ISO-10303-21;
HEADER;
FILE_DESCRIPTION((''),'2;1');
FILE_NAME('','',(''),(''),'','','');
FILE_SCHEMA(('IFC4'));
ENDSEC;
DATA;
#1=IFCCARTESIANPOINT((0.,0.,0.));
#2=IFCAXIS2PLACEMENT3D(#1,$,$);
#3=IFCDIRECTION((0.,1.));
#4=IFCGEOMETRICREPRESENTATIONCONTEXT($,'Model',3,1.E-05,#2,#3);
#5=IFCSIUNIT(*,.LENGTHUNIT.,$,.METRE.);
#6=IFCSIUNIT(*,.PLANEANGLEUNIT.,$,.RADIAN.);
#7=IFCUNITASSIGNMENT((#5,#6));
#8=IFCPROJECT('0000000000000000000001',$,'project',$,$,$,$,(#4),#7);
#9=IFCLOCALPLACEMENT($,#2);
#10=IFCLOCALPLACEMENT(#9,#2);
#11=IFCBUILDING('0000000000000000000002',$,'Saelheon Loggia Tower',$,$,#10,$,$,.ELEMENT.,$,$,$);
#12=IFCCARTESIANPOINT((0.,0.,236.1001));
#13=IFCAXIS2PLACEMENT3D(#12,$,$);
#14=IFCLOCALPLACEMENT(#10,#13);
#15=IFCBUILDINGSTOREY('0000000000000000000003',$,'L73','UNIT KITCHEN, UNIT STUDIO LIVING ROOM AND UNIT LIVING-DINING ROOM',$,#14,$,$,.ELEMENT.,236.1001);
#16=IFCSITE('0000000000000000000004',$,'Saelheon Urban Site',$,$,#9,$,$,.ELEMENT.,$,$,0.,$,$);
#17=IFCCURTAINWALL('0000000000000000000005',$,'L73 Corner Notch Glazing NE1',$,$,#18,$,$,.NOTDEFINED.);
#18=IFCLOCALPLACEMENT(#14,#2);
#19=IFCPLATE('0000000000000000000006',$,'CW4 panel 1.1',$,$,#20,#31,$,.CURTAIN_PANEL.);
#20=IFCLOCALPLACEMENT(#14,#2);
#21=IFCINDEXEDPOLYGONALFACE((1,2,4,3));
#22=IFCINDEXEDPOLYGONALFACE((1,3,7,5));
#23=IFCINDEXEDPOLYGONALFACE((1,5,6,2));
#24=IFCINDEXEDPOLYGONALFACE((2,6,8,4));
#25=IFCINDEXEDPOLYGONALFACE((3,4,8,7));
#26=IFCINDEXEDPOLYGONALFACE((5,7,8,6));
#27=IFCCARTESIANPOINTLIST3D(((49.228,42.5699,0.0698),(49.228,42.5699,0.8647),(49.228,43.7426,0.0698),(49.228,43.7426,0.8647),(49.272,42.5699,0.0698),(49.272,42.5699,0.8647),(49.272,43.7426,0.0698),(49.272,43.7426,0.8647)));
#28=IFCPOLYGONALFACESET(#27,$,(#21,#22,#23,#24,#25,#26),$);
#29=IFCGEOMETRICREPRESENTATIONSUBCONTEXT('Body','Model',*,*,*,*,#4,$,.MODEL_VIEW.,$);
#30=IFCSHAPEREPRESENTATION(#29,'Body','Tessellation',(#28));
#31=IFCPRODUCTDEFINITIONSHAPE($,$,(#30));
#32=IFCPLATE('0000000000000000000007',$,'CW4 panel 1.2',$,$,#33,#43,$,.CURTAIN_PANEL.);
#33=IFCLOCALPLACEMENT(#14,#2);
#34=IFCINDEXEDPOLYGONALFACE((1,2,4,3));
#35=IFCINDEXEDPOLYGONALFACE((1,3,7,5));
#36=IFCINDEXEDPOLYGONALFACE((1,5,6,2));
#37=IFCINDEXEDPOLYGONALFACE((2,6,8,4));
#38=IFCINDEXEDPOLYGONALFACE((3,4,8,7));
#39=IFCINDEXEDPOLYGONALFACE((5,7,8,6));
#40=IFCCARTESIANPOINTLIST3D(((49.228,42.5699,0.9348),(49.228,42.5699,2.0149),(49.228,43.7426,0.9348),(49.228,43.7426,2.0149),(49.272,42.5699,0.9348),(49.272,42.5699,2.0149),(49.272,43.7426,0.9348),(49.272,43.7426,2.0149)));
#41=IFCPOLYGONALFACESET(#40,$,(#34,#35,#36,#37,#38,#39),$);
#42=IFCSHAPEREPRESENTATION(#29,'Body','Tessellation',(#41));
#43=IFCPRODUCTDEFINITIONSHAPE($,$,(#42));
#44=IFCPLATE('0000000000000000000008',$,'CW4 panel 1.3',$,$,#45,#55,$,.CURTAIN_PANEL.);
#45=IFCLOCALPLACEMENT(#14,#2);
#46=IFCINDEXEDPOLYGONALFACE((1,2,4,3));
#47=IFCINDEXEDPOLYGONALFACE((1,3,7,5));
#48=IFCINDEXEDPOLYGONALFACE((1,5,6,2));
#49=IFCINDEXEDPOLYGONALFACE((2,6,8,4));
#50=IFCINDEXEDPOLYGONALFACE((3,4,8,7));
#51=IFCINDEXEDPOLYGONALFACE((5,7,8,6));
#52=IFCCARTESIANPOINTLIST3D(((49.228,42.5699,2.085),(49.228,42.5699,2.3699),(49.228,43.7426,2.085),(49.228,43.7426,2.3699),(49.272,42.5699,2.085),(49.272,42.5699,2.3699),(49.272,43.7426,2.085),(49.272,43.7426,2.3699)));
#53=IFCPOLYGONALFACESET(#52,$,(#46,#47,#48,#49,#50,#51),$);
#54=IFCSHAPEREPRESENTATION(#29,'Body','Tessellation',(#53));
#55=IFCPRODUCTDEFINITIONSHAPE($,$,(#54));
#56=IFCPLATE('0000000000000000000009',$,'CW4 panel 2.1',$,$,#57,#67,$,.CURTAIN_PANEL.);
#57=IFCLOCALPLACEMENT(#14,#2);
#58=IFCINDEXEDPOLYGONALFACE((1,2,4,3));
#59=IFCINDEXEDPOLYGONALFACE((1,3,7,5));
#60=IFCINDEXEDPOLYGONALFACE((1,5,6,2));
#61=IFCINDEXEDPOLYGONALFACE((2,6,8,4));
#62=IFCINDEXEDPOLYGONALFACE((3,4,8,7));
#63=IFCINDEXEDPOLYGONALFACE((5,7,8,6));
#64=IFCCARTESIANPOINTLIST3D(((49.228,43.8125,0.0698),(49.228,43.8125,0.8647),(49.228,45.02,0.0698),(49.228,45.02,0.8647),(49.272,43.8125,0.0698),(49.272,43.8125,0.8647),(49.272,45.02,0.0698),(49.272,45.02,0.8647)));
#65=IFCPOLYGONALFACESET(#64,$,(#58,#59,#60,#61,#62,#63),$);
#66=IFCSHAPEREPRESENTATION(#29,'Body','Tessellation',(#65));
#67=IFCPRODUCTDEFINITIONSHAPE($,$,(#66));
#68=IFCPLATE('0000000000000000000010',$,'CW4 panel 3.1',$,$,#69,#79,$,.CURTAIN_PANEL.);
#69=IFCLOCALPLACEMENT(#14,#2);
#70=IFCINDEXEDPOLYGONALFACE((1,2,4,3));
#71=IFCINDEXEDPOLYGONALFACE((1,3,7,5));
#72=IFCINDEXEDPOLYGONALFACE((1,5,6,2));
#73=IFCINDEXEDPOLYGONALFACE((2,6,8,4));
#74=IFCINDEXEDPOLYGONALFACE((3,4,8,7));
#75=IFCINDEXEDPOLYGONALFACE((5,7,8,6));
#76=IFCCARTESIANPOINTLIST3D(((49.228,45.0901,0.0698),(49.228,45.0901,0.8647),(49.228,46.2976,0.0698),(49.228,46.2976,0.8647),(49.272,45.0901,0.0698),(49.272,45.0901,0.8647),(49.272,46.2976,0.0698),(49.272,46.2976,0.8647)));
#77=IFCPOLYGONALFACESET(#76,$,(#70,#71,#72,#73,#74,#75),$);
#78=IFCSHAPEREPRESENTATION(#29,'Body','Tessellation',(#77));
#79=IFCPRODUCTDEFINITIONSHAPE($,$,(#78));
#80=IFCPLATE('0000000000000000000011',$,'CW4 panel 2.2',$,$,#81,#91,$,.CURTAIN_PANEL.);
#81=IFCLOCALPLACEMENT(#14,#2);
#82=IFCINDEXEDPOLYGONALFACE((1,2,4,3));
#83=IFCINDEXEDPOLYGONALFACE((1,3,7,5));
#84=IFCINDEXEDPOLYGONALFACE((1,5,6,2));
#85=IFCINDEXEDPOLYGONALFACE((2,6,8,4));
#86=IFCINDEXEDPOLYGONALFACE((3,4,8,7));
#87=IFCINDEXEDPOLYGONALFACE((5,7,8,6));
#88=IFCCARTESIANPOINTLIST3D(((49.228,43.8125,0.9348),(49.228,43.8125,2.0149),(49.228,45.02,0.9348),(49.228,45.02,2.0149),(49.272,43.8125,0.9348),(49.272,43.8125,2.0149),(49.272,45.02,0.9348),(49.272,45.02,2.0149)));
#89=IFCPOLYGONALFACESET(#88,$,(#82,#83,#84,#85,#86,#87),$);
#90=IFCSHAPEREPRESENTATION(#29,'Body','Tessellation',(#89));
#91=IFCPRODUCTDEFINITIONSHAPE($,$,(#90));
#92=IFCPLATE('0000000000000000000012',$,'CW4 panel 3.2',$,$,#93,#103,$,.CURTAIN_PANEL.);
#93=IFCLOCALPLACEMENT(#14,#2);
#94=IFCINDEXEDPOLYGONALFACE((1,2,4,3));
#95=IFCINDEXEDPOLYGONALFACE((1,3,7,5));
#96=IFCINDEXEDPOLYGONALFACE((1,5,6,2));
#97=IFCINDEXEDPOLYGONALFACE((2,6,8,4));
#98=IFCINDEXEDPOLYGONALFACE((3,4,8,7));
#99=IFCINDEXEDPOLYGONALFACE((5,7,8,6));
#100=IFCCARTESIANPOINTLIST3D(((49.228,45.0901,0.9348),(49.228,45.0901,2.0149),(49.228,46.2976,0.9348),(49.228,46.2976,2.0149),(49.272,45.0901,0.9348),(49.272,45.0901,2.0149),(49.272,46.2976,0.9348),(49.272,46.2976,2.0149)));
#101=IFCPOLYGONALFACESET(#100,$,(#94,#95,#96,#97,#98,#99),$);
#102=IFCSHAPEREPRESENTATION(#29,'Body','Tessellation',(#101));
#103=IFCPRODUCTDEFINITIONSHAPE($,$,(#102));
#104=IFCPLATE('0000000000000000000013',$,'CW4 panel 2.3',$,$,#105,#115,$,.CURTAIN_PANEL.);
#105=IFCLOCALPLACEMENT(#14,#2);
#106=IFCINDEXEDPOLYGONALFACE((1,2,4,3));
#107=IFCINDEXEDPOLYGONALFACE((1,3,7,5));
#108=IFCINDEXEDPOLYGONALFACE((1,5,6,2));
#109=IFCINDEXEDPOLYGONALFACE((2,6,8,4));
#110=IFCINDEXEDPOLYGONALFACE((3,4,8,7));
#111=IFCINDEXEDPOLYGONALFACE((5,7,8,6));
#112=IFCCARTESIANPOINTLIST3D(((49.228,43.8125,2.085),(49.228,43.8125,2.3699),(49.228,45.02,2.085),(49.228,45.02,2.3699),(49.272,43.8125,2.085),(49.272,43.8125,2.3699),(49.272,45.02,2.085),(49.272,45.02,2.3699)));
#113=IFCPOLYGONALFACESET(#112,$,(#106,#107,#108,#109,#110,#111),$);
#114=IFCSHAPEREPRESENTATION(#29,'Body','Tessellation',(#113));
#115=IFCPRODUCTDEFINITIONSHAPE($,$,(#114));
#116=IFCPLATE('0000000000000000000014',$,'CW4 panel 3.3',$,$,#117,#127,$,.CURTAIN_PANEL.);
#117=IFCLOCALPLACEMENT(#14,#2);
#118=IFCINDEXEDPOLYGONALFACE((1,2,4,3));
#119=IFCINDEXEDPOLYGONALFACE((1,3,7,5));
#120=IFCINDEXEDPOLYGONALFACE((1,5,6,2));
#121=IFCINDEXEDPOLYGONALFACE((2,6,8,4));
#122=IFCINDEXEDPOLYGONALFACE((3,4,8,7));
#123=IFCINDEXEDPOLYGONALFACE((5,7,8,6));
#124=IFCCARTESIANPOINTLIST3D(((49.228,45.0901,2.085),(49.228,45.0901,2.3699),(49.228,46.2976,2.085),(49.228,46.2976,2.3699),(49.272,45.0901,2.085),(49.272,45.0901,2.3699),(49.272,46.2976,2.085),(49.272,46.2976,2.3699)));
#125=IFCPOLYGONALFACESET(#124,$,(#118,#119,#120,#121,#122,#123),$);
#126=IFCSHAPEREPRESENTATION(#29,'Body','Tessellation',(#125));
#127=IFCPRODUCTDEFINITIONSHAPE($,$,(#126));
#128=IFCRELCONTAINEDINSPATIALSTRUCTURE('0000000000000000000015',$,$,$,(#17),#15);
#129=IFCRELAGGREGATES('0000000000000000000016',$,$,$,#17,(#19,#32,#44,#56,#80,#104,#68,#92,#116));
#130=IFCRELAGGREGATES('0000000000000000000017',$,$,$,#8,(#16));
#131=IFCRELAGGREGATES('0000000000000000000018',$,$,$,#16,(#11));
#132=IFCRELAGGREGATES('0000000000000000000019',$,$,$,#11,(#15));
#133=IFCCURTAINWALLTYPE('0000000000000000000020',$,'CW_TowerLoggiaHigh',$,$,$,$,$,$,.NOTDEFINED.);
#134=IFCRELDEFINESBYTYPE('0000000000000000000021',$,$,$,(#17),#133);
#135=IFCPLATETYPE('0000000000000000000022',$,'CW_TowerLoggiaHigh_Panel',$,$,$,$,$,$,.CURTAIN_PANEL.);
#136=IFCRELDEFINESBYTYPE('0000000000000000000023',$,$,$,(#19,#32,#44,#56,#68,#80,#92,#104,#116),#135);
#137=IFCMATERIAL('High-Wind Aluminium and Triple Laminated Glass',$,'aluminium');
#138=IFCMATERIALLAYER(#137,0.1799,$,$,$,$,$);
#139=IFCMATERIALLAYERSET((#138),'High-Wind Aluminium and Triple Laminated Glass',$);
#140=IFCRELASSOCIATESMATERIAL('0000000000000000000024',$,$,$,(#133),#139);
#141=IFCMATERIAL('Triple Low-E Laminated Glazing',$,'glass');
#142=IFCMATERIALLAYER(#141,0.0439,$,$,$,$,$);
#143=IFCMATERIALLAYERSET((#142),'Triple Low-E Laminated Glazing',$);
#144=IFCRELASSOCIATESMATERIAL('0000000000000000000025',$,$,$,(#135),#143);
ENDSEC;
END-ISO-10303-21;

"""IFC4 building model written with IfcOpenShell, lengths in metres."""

from ifc_helpers import new_model, si_unit, direction, frame, origin, origin_2d, place, context, subcontext, project, spatial, rectangle, extrude, source, transform, mapped, material, layer, layer_set, type_object, element, aggregate, save


model = new_model("IFC4")

# Units and contexts
model_context = context("Model", 3, precision=1e-05, world=origin(), true_north=direction((0.0, 1.0)))
body_context = subcontext(model_context, "Body", "Model", "MODEL_VIEW")
ifc_project = project(units=[si_unit("LENGTHUNIT", "METRE"), si_unit("PLANEANGLEUNIT", "RADIAN")], contexts=[model_context])

# Site, building, storey
site_placement = place(None, origin())
site = spatial("IfcSite", under=ifc_project, at=site_placement, Name="Saelheon Urban Site", CompositionType="ELEMENT", RefElevation=0.0)
building_placement = place(site_placement, origin())
building = spatial("IfcBuilding", under=site, at=building_placement, Name="Saelheon Loggia Tower", CompositionType="ELEMENT")
storey_placement = place(building_placement, frame((0.0, 0.0, 236.1001)))
storey = spatial("IfcBuildingStorey", under=building, at=storey_placement, Name="L73", Description="UNIT KITCHEN, UNIT STUDIO LIVING ROOM AND UNIT LIVING-DINING ROOM", CompositionType="ELEMENT", Elevation=236.1001)

# Curtain wall, plates
ifc_material_1 = material(Name="High-Wind Aluminium and Triple Laminated Glass", Category="aluminium")
ifc_layer_1 = layer(ifc_material_1, 0.1799)
ifc_layer_set_1 = layer_set([ifc_layer_1], Name="High-Wind Aluminium and Triple Laminated Glass")
curtain_wall_type = type_object("IfcCurtainWallType", Name="CW_TowerLoggiaHigh", PredefinedType="NOTDEFINED", material=ifc_layer_set_1)
curtain_wall_placement = place(storey_placement, origin())
curtain_wall = element("IfcCurtainWall", 1, at=curtain_wall_placement, inside=storey, type_object=curtain_wall_type, Name="L73 Corner Notch Glazing NE1", PredefinedType="NOTDEFINED")
ifc_material_2 = material(Name="Triple Low-E Laminated Glazing", Category="glass")
ifc_layer_2 = layer(ifc_material_2, 0.0439)
ifc_layer_set_2 = layer_set([ifc_layer_2], Name="Triple Low-E Laminated Glazing")
plate_type = type_object("IfcPlateType", Name="CW_TowerLoggiaHigh_Panel", PredefinedType="CURTAIN_PANEL", material=ifc_layer_set_2)
shared_shape_1 = source(origin(), body_context, "Body", "SweptSolid", [
    extrude(rectangle(XDim=1.1726, YDim=0.0439, at=origin_2d()), origin(), (0.0, 0.0, 1.0), 0.7949),
])
plate_1_placement = place(storey_placement, frame((49.25, 43.1562, 0.0698), z_axis=(0.0, 0.0, 1.0), x_axis=(0.0, 1.0, 0.0)))
plate_1 = element("IfcPlate", 2, at=plate_1_placement, type_object=plate_type, Name="CW4 panel 1.1", PredefinedType="CURTAIN_PANEL", context=body_context, shape_type="MappedRepresentation", body=[
    mapped(shared_shape_1, transform((0.0, 0.0, 0.0), scale=1.0)),
])
shared_shape_2 = source(origin(), body_context, "Body", "SweptSolid", [
    extrude(rectangle(XDim=1.1726, YDim=0.0439, at=origin_2d()), origin(), (0.0, 0.0, 1.0), 1.0801),
])
plate_2_placement = place(storey_placement, frame((49.25, 43.1562, 0.9348), z_axis=(0.0, 0.0, 1.0), x_axis=(0.0, 1.0, 0.0)))
plate_2 = element("IfcPlate", 3, at=plate_2_placement, type_object=plate_type, Name="CW4 panel 1.2", PredefinedType="CURTAIN_PANEL", context=body_context, shape_type="MappedRepresentation", body=[
    mapped(shared_shape_2, transform((0.0, 0.0, 0.0), scale=1.0)),
])
shared_shape_3 = source(origin(), body_context, "Body", "SweptSolid", [
    extrude(rectangle(XDim=1.1726, YDim=0.0439, at=origin_2d()), origin(), (0.0, 0.0, 1.0), 0.2849),
])
plate_3_placement = place(storey_placement, frame((49.25, 43.1562, 2.085), z_axis=(0.0, 0.0, 1.0), x_axis=(0.0, 1.0, 0.0)))
plate_3 = element("IfcPlate", 4, at=plate_3_placement, type_object=plate_type, Name="CW4 panel 1.3", PredefinedType="CURTAIN_PANEL", context=body_context, shape_type="MappedRepresentation", body=[
    mapped(shared_shape_3, transform((0.0, 0.0, 0.0), scale=1.0)),
])
shared_shape_4 = source(origin(), body_context, "Body", "SweptSolid", [
    extrude(rectangle(XDim=1.2075, YDim=0.0439, at=origin_2d()), origin(), (0.0, 0.0, 1.0), 0.7949),
])
plate_4_placement = place(storey_placement, frame((49.25, 44.4163, 0.0698), z_axis=(0.0, 0.0, 1.0), x_axis=(0.0, 1.0, 0.0)))
plate_4 = element("IfcPlate", 5, at=plate_4_placement, type_object=plate_type, Name="CW4 panel 2.1", PredefinedType="CURTAIN_PANEL", context=body_context, shape_type="MappedRepresentation", body=[
    mapped(shared_shape_4, transform((0.0, 0.0, 0.0), scale=1.0)),
])
plate_5_placement = place(storey_placement, frame((49.25, 45.6938, 0.0698), z_axis=(0.0, 0.0, 1.0), x_axis=(0.0, 1.0, 0.0)))
plate_5 = element("IfcPlate", 6, at=plate_5_placement, type_object=plate_type, Name="CW4 panel 3.1", PredefinedType="CURTAIN_PANEL", context=body_context, shape_type="MappedRepresentation", body=[
    mapped(shared_shape_4, transform((0.0, 0.0, 0.0), scale=1.0)),
])
shared_shape_5 = source(origin(), body_context, "Body", "SweptSolid", [
    extrude(rectangle(XDim=1.2075, YDim=0.0439, at=origin_2d()), origin(), (0.0, 0.0, 1.0), 1.0801),
])
plate_6_placement = place(storey_placement, frame((49.25, 44.4163, 0.9348), z_axis=(0.0, 0.0, 1.0), x_axis=(0.0, 1.0, 0.0)))
plate_6 = element("IfcPlate", 7, at=plate_6_placement, type_object=plate_type, Name="CW4 panel 2.2", PredefinedType="CURTAIN_PANEL", context=body_context, shape_type="MappedRepresentation", body=[
    mapped(shared_shape_5, transform((0.0, 0.0, 0.0), scale=1.0)),
])
plate_7_placement = place(storey_placement, frame((49.25, 45.6938, 0.9348), z_axis=(0.0, 0.0, 1.0), x_axis=(0.0, 1.0, 0.0)))
plate_7 = element("IfcPlate", 8, at=plate_7_placement, type_object=plate_type, Name="CW4 panel 3.2", PredefinedType="CURTAIN_PANEL", context=body_context, shape_type="MappedRepresentation", body=[
    mapped(shared_shape_5, transform((0.0, 0.0, 0.0), scale=1.0)),
])
shared_shape_6 = source(origin(), body_context, "Body", "SweptSolid", [
    extrude(rectangle(XDim=1.2075, YDim=0.0439, at=origin_2d()), origin(), (0.0, 0.0, 1.0), 0.2849),
])
plate_8_placement = place(storey_placement, frame((49.25, 44.4163, 2.085), z_axis=(0.0, 0.0, 1.0), x_axis=(0.0, 1.0, 0.0)))
plate_8 = element("IfcPlate", 9, at=plate_8_placement, type_object=plate_type, Name="CW4 panel 2.3", PredefinedType="CURTAIN_PANEL", context=body_context, shape_type="MappedRepresentation", body=[
    mapped(shared_shape_6, transform((0.0, 0.0, 0.0), scale=1.0)),
])
plate_9_placement = place(storey_placement, frame((49.25, 45.6938, 2.085), z_axis=(0.0, 0.0, 1.0), x_axis=(0.0, 1.0, 0.0)))
plate_9 = element("IfcPlate", 10, at=plate_9_placement, type_object=plate_type, Name="CW4 panel 3.3", PredefinedType="CURTAIN_PANEL", context=body_context, shape_type="MappedRepresentation", body=[
    mapped(shared_shape_6, transform((0.0, 0.0, 0.0), scale=1.0)),
])
aggregate(curtain_wall, [plate_1, plate_2, plate_3, plate_4, plate_6, plate_8, plate_5, plate_7, plate_9])

save(model, "model.ifc")
